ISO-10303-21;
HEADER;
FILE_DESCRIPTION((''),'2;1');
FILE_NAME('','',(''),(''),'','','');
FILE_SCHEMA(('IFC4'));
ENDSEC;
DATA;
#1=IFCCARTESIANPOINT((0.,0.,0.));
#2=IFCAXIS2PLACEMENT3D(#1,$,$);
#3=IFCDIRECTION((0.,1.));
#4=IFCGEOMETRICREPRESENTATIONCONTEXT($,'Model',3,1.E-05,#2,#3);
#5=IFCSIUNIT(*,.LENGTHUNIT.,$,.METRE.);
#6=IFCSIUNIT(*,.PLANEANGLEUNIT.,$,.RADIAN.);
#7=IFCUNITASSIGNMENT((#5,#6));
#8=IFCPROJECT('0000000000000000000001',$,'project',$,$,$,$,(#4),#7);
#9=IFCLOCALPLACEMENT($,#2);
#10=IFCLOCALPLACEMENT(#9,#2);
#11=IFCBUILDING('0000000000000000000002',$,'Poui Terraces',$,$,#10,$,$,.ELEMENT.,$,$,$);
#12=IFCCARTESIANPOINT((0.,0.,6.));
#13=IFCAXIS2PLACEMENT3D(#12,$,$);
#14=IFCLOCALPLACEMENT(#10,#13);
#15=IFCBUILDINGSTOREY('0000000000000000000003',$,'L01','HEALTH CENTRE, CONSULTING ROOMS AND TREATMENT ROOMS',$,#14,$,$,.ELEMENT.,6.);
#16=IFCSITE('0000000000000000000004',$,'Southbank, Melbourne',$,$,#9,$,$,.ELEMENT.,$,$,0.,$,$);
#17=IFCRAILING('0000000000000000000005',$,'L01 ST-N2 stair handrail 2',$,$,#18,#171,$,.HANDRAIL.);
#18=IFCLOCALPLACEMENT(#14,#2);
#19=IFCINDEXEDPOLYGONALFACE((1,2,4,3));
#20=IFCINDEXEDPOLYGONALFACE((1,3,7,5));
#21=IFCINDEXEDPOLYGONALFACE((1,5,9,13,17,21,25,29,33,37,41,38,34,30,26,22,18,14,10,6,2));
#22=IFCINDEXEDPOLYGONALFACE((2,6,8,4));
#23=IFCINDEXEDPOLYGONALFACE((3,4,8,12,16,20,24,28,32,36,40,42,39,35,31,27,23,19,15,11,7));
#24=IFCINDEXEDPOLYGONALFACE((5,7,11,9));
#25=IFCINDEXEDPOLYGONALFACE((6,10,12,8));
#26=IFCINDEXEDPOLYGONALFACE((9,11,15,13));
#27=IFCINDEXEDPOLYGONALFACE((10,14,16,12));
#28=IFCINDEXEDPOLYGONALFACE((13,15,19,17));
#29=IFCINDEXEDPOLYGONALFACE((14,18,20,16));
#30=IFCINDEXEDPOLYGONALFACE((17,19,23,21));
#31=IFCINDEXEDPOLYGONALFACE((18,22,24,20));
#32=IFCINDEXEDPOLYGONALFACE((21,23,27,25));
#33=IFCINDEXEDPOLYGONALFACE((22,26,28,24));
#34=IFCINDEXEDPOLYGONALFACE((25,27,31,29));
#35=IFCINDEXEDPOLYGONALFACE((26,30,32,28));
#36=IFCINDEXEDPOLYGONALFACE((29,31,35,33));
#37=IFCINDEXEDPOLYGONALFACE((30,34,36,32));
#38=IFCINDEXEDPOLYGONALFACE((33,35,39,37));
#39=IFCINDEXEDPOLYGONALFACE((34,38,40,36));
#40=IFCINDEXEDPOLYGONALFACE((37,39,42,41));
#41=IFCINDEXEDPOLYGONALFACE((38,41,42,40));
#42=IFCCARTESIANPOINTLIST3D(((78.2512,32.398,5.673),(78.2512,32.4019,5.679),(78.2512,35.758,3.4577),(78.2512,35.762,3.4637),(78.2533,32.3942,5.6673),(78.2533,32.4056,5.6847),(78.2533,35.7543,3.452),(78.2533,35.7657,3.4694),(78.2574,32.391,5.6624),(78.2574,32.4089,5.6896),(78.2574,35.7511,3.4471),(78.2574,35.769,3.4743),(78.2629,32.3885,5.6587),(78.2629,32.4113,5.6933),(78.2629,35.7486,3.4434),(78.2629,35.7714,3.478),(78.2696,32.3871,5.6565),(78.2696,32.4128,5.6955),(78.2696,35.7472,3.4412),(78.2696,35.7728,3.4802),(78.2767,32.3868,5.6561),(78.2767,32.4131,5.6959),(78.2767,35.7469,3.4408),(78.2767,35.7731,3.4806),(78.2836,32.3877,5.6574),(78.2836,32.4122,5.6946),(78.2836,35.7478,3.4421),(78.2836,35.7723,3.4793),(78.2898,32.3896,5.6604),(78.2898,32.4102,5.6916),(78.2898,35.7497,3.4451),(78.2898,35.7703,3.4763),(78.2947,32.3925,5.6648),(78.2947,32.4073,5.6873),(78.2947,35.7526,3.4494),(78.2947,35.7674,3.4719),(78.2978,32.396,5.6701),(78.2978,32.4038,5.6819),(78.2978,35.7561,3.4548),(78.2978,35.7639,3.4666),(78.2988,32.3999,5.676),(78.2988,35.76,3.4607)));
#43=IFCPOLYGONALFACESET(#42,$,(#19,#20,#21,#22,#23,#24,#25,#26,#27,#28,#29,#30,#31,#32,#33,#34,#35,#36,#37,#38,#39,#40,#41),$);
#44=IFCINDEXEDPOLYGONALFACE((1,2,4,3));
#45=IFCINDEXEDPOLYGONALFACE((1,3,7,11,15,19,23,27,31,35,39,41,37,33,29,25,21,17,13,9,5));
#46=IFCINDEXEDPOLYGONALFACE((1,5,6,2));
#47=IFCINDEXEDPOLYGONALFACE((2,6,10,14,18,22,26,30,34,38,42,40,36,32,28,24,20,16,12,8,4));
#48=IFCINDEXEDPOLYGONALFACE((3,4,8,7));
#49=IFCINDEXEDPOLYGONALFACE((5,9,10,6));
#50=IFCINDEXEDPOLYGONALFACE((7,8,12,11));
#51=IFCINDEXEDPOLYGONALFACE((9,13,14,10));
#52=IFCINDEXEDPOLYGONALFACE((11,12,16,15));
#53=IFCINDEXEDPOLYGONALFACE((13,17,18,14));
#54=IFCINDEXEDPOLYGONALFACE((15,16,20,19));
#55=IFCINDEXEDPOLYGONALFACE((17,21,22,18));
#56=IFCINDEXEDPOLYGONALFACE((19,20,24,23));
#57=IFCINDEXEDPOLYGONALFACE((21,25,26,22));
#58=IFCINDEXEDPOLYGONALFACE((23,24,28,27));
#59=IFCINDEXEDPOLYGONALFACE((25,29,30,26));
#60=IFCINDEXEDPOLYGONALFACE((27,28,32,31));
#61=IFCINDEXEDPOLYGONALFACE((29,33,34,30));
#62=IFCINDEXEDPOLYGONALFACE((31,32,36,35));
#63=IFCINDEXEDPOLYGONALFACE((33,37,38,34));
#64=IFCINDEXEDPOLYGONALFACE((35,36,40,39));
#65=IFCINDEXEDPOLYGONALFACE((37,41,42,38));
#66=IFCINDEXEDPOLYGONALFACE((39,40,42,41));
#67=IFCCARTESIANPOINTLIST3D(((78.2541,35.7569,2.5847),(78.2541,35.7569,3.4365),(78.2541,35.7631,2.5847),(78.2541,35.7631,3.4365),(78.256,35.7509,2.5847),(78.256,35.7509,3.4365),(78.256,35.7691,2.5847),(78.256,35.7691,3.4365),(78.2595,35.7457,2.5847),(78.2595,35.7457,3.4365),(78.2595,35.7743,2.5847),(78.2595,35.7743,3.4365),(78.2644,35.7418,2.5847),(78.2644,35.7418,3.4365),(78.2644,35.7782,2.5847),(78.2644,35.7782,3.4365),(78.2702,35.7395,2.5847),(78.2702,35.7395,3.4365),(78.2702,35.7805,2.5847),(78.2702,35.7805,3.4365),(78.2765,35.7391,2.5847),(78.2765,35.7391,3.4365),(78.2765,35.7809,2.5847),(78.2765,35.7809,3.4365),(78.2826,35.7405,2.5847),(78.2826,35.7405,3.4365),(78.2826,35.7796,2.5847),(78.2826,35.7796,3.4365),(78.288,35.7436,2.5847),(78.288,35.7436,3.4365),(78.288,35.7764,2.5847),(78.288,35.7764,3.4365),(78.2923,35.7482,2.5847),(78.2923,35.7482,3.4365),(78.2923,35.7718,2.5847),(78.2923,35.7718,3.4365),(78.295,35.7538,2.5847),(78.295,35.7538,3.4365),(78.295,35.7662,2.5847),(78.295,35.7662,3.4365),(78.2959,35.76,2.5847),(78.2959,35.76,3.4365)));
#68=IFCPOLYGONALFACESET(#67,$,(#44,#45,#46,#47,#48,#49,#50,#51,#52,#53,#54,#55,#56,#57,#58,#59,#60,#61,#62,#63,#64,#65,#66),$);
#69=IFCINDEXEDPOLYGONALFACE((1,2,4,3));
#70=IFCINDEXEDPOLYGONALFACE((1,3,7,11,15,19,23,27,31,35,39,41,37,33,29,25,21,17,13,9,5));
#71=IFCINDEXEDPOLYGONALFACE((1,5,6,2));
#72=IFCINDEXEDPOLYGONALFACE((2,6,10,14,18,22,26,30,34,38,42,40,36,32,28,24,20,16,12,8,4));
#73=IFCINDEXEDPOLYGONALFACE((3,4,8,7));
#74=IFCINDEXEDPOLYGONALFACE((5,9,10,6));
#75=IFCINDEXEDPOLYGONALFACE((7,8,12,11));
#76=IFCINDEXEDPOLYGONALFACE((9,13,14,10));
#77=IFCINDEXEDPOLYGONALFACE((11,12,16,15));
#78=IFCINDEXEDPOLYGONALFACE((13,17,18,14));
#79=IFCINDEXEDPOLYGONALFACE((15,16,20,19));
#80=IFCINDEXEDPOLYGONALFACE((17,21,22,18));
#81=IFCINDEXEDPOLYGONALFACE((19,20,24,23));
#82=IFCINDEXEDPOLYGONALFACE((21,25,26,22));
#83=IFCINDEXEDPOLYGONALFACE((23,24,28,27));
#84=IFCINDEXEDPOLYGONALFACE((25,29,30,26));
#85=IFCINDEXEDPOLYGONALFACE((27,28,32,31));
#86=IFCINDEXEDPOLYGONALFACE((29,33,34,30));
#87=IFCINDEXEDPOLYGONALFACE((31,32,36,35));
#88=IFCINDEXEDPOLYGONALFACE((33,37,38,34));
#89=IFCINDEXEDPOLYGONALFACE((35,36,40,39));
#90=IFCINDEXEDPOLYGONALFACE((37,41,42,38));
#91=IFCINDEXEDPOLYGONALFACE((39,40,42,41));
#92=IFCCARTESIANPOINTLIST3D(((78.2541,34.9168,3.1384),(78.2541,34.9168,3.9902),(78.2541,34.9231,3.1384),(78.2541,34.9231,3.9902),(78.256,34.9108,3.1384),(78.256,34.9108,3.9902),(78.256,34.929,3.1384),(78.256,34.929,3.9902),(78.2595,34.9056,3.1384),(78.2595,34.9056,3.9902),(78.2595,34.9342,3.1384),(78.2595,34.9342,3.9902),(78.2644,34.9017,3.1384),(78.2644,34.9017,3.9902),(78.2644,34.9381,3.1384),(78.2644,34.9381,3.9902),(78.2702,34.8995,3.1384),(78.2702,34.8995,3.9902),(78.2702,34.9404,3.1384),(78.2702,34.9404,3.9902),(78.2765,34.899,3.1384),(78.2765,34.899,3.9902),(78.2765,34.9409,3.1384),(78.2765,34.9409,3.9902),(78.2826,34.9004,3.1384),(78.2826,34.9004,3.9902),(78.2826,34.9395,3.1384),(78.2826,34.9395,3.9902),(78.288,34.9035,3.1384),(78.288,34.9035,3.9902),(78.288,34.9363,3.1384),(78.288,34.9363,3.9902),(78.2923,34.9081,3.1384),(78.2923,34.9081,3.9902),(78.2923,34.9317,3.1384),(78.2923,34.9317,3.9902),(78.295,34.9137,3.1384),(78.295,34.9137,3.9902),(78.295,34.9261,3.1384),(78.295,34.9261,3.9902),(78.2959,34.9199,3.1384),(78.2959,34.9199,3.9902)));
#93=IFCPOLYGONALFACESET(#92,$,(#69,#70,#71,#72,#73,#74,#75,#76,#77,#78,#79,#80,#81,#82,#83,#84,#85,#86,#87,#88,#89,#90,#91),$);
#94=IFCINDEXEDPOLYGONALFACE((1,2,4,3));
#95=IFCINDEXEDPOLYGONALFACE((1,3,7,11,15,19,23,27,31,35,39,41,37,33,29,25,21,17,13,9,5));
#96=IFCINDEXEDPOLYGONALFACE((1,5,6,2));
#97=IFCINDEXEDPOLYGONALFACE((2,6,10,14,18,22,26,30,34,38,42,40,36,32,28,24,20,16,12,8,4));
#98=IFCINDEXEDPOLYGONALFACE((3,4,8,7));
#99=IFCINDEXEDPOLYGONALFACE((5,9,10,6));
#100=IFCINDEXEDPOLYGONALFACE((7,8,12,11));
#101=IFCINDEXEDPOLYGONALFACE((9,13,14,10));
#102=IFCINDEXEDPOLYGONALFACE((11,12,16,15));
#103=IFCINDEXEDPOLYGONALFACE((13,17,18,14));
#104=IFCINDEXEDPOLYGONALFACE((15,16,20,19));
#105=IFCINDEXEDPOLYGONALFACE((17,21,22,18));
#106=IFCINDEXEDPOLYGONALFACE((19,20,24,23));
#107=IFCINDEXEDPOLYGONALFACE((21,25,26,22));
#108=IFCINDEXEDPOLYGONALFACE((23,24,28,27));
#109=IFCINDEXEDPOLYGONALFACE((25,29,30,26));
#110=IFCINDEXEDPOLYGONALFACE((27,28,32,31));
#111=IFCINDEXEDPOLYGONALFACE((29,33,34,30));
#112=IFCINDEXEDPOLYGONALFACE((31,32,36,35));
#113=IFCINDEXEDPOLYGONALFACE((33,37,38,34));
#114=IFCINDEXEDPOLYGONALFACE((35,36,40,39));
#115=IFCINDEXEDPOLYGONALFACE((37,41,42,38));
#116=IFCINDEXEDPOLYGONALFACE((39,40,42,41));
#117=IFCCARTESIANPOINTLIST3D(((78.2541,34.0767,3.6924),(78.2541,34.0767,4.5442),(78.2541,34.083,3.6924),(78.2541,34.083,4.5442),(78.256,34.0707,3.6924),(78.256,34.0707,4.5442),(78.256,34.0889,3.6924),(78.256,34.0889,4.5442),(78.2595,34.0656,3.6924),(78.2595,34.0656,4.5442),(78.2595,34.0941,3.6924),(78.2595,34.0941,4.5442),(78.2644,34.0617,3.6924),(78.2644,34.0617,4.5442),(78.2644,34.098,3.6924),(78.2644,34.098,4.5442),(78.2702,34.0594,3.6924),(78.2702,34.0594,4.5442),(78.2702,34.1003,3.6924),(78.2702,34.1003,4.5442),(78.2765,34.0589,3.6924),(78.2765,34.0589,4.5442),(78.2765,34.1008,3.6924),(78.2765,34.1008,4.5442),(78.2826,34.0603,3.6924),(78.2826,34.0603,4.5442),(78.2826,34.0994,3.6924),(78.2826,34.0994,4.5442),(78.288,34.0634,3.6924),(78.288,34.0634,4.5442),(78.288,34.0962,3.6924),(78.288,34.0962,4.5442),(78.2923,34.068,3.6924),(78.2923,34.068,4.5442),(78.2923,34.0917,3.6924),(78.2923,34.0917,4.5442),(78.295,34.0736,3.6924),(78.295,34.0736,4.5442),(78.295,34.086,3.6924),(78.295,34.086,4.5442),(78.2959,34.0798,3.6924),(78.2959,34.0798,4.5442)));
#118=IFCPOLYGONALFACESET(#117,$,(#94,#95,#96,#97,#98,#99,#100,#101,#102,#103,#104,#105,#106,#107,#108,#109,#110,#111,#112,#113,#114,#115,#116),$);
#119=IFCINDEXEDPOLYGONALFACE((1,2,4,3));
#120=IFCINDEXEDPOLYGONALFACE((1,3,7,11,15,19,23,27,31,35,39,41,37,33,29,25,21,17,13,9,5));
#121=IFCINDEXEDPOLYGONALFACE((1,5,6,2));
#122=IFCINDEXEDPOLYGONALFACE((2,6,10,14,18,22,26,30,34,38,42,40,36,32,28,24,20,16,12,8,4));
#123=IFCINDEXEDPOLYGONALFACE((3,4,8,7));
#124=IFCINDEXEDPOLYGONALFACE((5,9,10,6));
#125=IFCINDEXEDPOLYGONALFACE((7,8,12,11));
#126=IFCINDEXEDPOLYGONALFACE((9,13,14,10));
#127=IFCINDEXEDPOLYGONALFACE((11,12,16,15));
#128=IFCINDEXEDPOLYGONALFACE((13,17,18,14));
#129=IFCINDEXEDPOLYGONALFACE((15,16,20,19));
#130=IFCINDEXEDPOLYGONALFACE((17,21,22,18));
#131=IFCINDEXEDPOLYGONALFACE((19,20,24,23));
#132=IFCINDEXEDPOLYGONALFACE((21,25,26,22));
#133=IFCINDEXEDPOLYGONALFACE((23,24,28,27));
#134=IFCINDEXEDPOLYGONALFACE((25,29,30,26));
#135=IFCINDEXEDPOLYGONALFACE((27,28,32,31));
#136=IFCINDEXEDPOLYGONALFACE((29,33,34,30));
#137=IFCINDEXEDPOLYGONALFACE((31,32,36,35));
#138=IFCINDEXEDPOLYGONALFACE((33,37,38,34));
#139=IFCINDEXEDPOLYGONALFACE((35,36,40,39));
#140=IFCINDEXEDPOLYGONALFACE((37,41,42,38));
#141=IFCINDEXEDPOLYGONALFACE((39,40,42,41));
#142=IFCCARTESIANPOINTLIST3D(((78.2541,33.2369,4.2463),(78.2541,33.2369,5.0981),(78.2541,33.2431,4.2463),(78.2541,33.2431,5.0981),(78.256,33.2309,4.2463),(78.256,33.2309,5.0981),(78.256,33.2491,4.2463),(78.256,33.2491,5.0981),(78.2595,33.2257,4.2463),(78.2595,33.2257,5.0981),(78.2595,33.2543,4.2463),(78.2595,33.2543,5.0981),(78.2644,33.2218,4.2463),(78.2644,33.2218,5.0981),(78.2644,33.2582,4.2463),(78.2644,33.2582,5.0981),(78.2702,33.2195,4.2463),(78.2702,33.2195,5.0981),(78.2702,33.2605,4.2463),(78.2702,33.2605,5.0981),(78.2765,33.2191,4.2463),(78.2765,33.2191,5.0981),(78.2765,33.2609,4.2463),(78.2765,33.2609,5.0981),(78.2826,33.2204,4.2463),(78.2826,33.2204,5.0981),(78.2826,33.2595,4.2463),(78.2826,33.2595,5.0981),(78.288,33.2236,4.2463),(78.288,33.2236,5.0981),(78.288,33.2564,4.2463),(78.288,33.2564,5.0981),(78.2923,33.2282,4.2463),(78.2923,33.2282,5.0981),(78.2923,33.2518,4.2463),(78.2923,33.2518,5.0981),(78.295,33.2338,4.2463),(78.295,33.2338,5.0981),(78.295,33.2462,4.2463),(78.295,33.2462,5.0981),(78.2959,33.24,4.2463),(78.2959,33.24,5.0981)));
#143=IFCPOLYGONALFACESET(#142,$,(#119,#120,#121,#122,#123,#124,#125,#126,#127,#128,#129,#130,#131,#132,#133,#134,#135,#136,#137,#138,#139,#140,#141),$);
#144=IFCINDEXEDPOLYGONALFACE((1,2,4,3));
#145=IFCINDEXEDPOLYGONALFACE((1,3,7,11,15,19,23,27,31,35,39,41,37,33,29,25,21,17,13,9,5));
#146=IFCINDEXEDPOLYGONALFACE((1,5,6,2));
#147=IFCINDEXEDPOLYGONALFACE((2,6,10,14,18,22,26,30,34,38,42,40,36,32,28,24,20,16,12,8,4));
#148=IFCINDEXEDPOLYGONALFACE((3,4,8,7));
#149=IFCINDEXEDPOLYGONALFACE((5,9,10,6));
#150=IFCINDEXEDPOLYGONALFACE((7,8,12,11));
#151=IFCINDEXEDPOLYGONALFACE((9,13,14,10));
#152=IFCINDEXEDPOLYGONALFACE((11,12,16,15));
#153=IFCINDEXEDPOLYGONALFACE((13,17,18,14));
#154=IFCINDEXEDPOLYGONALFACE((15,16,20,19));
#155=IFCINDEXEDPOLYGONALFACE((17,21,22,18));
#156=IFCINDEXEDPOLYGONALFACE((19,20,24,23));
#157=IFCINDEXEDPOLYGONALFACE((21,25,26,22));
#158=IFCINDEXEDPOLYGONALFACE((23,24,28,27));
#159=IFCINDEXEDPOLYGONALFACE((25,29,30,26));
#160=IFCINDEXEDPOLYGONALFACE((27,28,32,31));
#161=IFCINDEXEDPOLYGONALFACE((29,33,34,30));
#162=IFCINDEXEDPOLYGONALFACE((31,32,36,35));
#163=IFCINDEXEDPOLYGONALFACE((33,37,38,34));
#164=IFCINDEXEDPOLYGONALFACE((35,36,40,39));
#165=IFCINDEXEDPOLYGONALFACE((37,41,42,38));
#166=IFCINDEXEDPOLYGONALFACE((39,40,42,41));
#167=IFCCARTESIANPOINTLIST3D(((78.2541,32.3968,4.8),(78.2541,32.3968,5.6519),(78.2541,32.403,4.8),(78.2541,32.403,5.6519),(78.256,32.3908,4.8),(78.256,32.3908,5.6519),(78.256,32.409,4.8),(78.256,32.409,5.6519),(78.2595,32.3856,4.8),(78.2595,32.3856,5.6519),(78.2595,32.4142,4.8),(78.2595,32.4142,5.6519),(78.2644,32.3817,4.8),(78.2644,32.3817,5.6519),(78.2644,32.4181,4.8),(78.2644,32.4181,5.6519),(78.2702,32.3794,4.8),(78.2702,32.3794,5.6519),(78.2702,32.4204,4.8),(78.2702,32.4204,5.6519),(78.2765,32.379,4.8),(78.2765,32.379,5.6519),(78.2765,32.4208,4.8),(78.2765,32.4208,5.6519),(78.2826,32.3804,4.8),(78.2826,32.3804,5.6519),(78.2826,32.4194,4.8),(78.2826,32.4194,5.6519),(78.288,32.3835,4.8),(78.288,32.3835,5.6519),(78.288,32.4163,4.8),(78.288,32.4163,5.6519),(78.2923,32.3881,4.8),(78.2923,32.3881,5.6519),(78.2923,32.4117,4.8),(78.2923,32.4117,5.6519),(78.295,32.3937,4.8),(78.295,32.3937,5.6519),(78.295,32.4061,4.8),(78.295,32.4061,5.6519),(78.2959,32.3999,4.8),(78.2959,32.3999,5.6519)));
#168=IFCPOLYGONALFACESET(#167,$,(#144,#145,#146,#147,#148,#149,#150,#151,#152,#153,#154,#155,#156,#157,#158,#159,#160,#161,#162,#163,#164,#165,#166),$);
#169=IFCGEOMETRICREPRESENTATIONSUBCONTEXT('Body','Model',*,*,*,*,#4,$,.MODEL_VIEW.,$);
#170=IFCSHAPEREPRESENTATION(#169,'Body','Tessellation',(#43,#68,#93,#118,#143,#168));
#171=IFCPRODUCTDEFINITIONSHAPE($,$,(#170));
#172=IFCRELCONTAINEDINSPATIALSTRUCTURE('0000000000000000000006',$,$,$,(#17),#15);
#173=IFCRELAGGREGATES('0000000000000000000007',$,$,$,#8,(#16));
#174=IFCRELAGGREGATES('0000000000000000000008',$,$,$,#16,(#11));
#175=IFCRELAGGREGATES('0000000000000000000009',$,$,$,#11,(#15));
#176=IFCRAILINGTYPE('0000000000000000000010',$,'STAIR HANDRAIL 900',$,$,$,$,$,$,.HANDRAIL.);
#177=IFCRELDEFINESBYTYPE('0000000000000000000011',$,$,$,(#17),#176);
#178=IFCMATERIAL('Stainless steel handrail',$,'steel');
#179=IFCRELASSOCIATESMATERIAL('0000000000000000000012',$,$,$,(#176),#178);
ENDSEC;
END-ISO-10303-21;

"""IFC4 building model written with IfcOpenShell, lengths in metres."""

from ifc_helpers import new_model, si_unit, direction, frame, origin, origin_2d, place, context, subcontext, project, spatial, circle, extrude, material, type_object, element, save


model = new_model("IFC4")

# Units and contexts
model_context = context("Model", 3, precision=1e-05, world=origin(), true_north=direction((0.0, 1.0)))
body_context = subcontext(model_context, "Body", "Model", "MODEL_VIEW")
ifc_project = project(units=[si_unit("LENGTHUNIT", "METRE"), si_unit("PLANEANGLEUNIT", "RADIAN")], contexts=[model_context])

# Site, building, storey
site_placement = place(None, origin())
site = spatial("IfcSite", under=ifc_project, at=site_placement, Name="Southbank, Melbourne", CompositionType="ELEMENT", RefElevation=0.0)
building_placement = place(site_placement, origin())
building = spatial("IfcBuilding", under=site, at=building_placement, Name="Poui Terraces", CompositionType="ELEMENT")
storey_placement = place(building_placement, frame((0.0, 0.0, 6.0)))
storey = spatial("IfcBuildingStorey", under=building, at=storey_placement, Name="L01", Description="HEALTH CENTRE, CONSULTING ROOMS AND TREATMENT ROOMS", CompositionType="ELEMENT", Elevation=6.0)

# Railing
ifc_material_1 = material(Name="Stainless steel handrail", Category="steel")
railing_type_1 = type_object("IfcRailingType", Name="STAIR HANDRAIL 900", PredefinedType="HANDRAIL", material=ifc_material_1)
railing_1_placement = place(storey_placement, frame((78.2749, 35.76, 2.5847)))
element("IfcRailing", 1, at=railing_1_placement, inside=storey, type_object=railing_type_1, Name="L01 ST-N2 stair handrail 2", PredefinedType="HANDRAIL", context=body_context, shape_type="SweptSolid", body=[
    extrude(circle(Radius=0.0239, at=origin_2d()), frame((0.0, 0.0, 0.876), z_axis=(0.0, -0.834876, 0.550437), x_axis=(1.0, 0.0, 0.0)), (0.0, 0.0, 1.0), 4.0247),
    extrude(circle(Radius=0.021, at=origin_2d()), origin(), (0.0, 0.0, 1.0), 0.8518),
    extrude(circle(Radius=0.021, at=origin_2d()), frame((0.0, -0.8401, 0.5537)), (0.0, 0.0, 1.0), 0.8518),
    extrude(circle(Radius=0.021, at=origin_2d()), frame((0.0, -1.6802, 1.1077)), (0.0, 0.0, 1.0), 0.8518),
    extrude(circle(Radius=0.021, at=origin_2d()), frame((0.0, -2.52, 1.6616)), (0.0, 0.0, 1.0), 0.8518),
    extrude(circle(Radius=0.021, at=origin_2d()), frame((0.0, -3.3601, 2.2153)), (0.0, 0.0, 1.0), 0.8518),
])

save(model, "model.ifc")
